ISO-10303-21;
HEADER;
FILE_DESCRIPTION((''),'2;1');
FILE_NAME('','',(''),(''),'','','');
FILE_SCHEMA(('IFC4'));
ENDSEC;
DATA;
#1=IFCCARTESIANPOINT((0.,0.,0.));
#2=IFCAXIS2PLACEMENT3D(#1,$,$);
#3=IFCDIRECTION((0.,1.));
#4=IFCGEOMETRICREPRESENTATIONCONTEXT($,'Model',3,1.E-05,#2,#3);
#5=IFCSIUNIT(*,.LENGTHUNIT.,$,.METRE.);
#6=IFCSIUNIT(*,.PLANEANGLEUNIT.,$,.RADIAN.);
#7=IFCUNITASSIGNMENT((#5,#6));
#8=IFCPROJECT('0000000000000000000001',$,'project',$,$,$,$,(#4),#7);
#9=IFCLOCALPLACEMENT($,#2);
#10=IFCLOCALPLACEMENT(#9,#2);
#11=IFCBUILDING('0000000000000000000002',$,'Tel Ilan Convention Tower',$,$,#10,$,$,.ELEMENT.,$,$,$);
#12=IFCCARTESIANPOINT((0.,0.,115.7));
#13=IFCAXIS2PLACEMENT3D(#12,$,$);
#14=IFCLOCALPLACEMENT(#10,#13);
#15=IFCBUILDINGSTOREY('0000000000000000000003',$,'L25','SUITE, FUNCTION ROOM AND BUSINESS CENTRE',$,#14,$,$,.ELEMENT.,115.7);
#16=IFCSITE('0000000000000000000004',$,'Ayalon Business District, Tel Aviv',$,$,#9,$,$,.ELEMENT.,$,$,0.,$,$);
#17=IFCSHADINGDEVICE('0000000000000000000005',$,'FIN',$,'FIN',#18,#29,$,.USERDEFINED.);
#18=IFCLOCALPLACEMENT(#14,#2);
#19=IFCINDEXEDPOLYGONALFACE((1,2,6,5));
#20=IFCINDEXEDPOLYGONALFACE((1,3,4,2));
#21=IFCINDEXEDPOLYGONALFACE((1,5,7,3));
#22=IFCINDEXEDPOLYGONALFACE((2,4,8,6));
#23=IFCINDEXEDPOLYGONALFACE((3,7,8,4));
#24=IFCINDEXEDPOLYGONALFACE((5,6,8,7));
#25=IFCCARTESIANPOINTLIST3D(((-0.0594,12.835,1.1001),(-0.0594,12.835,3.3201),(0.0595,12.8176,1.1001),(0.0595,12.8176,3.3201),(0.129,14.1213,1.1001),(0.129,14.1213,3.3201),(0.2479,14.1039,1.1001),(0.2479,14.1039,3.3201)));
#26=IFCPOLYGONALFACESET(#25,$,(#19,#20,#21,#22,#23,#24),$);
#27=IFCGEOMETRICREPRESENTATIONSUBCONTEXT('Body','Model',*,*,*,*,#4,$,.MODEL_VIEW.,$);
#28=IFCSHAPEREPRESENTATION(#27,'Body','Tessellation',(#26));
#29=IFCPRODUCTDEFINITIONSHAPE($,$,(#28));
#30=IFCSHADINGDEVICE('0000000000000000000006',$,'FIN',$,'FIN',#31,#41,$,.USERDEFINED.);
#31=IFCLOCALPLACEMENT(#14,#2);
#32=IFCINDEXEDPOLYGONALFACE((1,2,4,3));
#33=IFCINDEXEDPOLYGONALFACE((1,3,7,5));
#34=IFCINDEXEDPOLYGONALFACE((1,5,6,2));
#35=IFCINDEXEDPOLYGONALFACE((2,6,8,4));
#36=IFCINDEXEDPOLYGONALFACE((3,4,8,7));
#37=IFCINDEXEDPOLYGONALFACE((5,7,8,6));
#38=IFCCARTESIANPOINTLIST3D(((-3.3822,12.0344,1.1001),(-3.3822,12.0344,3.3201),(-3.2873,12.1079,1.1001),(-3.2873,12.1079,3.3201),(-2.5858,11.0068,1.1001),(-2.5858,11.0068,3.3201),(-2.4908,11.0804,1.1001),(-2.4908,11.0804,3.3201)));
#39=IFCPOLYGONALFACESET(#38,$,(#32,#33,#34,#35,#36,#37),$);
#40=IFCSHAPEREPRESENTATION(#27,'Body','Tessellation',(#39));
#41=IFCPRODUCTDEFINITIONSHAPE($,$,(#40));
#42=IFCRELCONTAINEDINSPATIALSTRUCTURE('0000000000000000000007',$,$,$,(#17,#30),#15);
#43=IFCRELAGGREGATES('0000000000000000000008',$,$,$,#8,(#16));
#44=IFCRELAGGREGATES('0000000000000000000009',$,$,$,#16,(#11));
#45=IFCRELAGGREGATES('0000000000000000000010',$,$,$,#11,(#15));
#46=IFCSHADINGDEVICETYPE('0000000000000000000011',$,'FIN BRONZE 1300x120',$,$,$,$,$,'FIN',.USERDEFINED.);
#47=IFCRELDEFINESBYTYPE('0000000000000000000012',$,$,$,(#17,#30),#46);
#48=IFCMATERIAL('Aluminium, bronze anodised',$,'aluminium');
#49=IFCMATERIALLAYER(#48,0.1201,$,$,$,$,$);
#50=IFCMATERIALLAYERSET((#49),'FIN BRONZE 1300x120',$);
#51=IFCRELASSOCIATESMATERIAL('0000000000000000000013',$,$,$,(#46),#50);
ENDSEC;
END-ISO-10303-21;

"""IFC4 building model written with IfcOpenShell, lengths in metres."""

from ifc_helpers import new_model, si_unit, direction, frame, origin, origin_2d, place, context, subcontext, project, spatial, rectangle, extrude, material, layer, layer_set, type_object, element, save


model = new_model("IFC4")

# Units and contexts
model_context = context("Model", 3, precision=1e-05, world=origin(), true_north=direction((0.0, 1.0)))
body_context = subcontext(model_context, "Body", "Model", "MODEL_VIEW")
ifc_project = project(units=[si_unit("LENGTHUNIT", "METRE"), si_unit("PLANEANGLEUNIT", "RADIAN")], contexts=[model_context])

# Site, building, storey
site_placement = place(None, origin())
site = spatial("IfcSite", under=ifc_project, at=site_placement, Name="Ayalon Business District, Tel Aviv", CompositionType="ELEMENT", RefElevation=0.0)
building_placement = place(site_placement, origin())
building = spatial("IfcBuilding", under=site, at=building_placement, Name="Tel Ilan Convention Tower", CompositionType="ELEMENT")
storey_placement = place(building_placement, frame((0.0, 0.0, 115.7)))
storey = spatial("IfcBuildingStorey", under=building, at=storey_placement, Name="L25", Description="SUITE, FUNCTION ROOM AND BUSINESS CENTRE", CompositionType="ELEMENT", Elevation=115.7)

# Shading devices
ifc_material_1 = material(Name="Aluminium, bronze anodised", Category="aluminium")
ifc_layer_1 = layer(ifc_material_1, 0.1201)
ifc_layer_set_1 = layer_set([ifc_layer_1], Name="FIN BRONZE 1300x120")
shading_device_type_1 = type_object("IfcShadingDeviceType", Name="FIN BRONZE 1300x120", ElementType="FIN", PredefinedType="USERDEFINED", material=ifc_layer_set_1)
for number, where, z_axis, x_axis, name in (
    (1, (0.0942, 13.4695, 1.1001), (0.0, 0.0, 1.0), (0.144932, 0.989442, 0.0), "FIN"),
    (2, (-2.9365, 11.5574, 1.1001), (0.0, 0.0, 1.0), (-0.612601, 0.790393, 0.0), "FIN"),
):
    element("IfcShadingDevice", number, at=place(storey_placement, frame(where, z_axis=z_axis, x_axis=x_axis)), inside=storey, type_object=shading_device_type_1, Name=name, ObjectType="FIN", PredefinedType="USERDEFINED", context=body_context, shape_type="SweptSolid", body=[
        extrude(rectangle(XDim=1.3, YDim=0.1201, at=origin_2d()), origin(), (0.0, 0.0, 1.0), 2.22),
    ])

save(model, "model.ifc")
